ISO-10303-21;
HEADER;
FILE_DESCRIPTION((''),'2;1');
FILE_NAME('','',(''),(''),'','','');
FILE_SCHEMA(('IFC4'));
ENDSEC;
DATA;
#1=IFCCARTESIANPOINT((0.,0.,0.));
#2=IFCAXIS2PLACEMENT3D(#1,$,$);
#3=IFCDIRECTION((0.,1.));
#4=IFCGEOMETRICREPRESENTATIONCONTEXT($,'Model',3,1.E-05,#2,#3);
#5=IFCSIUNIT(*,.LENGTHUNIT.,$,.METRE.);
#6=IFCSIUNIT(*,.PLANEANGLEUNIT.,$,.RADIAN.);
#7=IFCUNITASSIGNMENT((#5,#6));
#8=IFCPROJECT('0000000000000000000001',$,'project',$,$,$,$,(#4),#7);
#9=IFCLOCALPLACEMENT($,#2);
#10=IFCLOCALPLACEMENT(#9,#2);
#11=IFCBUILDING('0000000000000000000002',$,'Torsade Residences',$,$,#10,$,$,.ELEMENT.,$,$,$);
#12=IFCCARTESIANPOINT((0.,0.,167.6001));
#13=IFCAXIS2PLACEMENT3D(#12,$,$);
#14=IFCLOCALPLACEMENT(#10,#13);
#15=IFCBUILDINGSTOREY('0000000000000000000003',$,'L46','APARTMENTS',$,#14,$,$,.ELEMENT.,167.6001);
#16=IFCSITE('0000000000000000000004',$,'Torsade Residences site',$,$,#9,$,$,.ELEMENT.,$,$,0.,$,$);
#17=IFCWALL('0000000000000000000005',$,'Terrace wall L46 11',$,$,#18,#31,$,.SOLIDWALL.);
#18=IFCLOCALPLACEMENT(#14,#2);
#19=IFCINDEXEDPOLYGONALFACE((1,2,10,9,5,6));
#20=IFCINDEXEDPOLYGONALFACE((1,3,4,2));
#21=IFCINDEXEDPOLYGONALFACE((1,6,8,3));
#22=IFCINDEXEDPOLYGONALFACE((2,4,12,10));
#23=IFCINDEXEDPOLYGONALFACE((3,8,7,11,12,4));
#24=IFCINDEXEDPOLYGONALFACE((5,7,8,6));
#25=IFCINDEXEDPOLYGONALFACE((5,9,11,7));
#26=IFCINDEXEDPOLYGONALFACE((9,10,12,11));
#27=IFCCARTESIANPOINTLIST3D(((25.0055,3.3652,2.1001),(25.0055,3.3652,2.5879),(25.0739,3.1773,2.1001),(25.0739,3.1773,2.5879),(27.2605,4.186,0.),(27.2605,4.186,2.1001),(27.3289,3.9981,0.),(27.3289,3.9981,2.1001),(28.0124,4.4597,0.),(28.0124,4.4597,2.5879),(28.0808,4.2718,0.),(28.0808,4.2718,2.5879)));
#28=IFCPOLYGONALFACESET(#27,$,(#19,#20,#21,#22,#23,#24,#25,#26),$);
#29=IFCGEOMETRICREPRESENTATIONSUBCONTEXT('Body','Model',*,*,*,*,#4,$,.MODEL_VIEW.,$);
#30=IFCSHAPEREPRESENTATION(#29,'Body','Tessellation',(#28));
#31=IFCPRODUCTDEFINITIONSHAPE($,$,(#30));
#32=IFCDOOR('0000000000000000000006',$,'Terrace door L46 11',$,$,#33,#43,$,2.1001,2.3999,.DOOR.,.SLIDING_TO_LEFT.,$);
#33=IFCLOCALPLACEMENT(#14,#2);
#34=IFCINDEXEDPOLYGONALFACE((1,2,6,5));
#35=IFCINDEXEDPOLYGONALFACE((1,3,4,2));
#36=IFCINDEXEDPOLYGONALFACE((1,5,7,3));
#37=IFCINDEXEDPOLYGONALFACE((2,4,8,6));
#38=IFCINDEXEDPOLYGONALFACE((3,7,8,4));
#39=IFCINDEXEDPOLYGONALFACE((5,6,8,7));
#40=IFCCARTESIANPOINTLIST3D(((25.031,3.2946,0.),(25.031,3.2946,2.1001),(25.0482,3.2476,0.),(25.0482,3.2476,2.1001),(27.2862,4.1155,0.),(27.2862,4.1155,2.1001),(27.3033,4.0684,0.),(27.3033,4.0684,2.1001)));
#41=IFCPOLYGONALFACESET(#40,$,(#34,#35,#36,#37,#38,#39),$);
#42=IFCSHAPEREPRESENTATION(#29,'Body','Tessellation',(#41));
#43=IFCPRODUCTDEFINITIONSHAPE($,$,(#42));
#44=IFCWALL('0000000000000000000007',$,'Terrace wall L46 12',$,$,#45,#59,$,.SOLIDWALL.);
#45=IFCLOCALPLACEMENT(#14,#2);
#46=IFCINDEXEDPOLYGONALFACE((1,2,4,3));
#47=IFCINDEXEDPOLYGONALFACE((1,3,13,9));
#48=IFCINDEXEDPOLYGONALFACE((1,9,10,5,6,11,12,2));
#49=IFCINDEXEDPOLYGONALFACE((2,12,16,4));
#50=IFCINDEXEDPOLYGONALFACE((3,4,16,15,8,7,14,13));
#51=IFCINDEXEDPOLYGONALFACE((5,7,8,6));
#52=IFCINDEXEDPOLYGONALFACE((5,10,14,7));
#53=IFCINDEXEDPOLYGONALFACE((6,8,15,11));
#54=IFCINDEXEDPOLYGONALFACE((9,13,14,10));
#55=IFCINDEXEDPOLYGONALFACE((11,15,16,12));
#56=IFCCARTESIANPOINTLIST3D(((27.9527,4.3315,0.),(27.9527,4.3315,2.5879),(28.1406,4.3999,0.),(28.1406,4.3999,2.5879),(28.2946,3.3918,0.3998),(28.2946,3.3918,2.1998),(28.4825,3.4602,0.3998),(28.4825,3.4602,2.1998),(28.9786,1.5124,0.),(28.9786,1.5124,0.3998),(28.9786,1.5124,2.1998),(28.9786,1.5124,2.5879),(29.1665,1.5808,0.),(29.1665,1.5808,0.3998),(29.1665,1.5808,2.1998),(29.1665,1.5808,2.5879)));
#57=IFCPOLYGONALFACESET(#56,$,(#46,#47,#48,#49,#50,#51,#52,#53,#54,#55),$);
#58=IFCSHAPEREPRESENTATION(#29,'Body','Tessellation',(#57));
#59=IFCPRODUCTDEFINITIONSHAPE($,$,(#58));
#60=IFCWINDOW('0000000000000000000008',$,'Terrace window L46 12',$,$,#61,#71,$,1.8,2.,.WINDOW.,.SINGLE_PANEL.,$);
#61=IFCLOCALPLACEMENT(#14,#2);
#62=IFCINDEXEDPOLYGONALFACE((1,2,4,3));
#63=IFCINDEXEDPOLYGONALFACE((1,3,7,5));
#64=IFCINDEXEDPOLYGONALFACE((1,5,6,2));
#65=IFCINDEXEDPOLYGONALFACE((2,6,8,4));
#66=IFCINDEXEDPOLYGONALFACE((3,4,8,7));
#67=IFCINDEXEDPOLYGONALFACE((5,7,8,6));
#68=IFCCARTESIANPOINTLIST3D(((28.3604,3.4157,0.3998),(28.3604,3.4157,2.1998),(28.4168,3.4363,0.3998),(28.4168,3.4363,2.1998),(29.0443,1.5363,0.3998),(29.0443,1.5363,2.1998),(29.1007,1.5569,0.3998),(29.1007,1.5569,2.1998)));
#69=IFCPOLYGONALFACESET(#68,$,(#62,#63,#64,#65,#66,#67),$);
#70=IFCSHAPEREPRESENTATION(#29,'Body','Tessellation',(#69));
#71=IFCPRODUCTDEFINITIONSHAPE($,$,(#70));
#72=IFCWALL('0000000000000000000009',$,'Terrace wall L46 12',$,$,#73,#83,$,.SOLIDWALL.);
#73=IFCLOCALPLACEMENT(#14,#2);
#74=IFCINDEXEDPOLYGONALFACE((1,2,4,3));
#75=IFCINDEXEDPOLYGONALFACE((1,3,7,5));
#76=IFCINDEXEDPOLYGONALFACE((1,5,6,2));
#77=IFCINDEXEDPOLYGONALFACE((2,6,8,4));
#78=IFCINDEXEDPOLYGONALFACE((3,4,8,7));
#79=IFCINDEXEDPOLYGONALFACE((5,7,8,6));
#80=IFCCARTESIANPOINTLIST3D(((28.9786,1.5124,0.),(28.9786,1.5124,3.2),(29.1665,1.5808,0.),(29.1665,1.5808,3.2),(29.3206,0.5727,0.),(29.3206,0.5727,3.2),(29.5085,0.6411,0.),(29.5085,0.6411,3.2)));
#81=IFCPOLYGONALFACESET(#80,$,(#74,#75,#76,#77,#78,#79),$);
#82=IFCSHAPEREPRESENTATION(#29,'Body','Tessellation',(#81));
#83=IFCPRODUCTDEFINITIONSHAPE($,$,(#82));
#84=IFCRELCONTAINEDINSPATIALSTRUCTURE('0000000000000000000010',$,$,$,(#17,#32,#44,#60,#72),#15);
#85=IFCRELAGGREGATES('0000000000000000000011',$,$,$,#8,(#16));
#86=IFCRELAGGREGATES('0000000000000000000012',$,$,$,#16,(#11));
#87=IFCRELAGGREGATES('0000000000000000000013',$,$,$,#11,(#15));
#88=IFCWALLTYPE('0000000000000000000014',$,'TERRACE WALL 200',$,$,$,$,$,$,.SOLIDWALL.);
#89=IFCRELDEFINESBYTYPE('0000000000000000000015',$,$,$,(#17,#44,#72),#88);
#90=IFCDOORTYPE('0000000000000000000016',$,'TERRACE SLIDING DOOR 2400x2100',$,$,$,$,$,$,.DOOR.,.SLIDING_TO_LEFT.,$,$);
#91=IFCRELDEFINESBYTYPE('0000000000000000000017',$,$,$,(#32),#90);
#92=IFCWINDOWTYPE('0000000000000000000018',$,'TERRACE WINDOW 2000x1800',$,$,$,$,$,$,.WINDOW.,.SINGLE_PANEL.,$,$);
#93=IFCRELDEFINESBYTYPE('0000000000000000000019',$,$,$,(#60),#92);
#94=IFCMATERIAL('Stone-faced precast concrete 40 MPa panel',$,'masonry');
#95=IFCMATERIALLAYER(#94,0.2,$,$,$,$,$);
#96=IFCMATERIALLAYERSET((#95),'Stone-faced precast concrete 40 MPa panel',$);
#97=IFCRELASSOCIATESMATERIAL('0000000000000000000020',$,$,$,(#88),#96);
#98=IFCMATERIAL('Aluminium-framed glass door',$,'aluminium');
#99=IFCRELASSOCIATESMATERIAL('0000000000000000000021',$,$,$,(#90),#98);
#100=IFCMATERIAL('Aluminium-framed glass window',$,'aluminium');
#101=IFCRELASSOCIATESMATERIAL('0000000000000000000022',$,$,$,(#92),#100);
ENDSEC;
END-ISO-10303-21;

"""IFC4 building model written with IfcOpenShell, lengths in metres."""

from ifc_helpers import new_model, si_unit, direction, frame, frame_2d, origin, place, context, subcontext, project, spatial, rectangle, extrude, material, layer, layer_set, type_object, element, fill, save


model = new_model("IFC4")

# Units and contexts
model_context = context("Model", 3, precision=1e-05, world=origin(), true_north=direction((0.0, 1.0)))
body_context = subcontext(model_context, "Body", "Model", "MODEL_VIEW")
ifc_project = project(units=[si_unit("LENGTHUNIT", "METRE"), si_unit("PLANEANGLEUNIT", "RADIAN")], contexts=[model_context])

# Site, building, storey
site_placement = place(None, origin())
site = spatial("IfcSite", under=ifc_project, at=site_placement, Name="Torsade Residences site", CompositionType="ELEMENT", RefElevation=0.0)
building_placement = place(site_placement, origin())
building = spatial("IfcBuilding", under=site, at=building_placement, Name="Torsade Residences", CompositionType="ELEMENT")
storey_placement = place(building_placement, frame((0.0, 0.0, 167.6001)))
storey = spatial("IfcBuildingStorey", under=building, at=storey_placement, Name="L46", Description="APARTMENTS", CompositionType="ELEMENT", Elevation=167.6001)

# Shared definitions
ifc_material_1 = material(Name="Stone-faced precast concrete 40 MPa panel", Category="masonry")
ifc_layer_1 = layer(ifc_material_1, 0.2)
ifc_layer_set_1 = layer_set([ifc_layer_1], Name="Stone-faced precast concrete 40 MPa panel")
wall_type_1 = type_object("IfcWallType", Name="TERRACE WALL 200", PredefinedType="SOLIDWALL", material=ifc_layer_set_1)

# Wall, opening, door
wall_1_placement = place(storey_placement, frame((25.0396, 3.2712, 0.0), z_axis=(0.0, 0.0, 1.0), x_axis=(0.939693, 0.342019, 0.0)))
wall_1 = element("IfcWall", 1, at=wall_1_placement, inside=storey, type_object=wall_type_1, Name="Terrace wall L46 11", PredefinedType="SOLIDWALL", context=body_context, shape_type="SweptSolid", body=[
    extrude(rectangle(XDim=3.2, YDim=0.2, at=frame_2d((1.6001, 0.0))), origin(), (0.0, 0.0, 1.0), 2.5879),
])
opening_1_placement = place(wall_1_placement, origin())
opening_1 = element("IfcOpeningElement", 2, at=opening_1_placement, cuts=wall_1, PredefinedType="OPENING", context=body_context, shape_type="SweptSolid", body=[
    extrude(rectangle(XDim=2.3999, YDim=2.1001, at=frame_2d((1.2, 1.05))), frame((0.0, 0.1099, 0.0), z_axis=(0.0, -1.0, 0.0), x_axis=(1.0, 0.0, 0.0)), (0.0, 0.0, 1.0), 0.22),
])
ifc_material_2 = material(Name="Aluminium-framed glass door", Category="aluminium")
door_type_1 = type_object("IfcDoorType", Name="TERRACE SLIDING DOOR 2400x2100", OperationType="SLIDING_TO_LEFT", PredefinedType="DOOR", material=ifc_material_2)
door_1_placement = place(opening_1_placement, origin())
door_1 = element("IfcDoor", 3, at=door_1_placement, inside=storey, type_object=door_type_1, Name="Terrace door L46 11", OperationType="SLIDING_TO_LEFT", OverallHeight=2.1001, OverallWidth=2.3999, PredefinedType="DOOR", context=body_context, shape_type="SweptSolid", body=[
    extrude(rectangle(XDim=2.3999, YDim=2.1001, at=frame_2d((1.2, 1.05))), frame((0.0, 0.0249, 0.0), z_axis=(0.0, -1.0, 0.0), x_axis=(1.0, 0.0, 0.0)), (0.0, 0.0, 1.0), 0.05),
])
fill(opening_1, door_1)

# Wall, opening, window
wall_2_placement = place(storey_placement, frame((28.0466, 4.3657, 0.0), z_axis=(0.0, 0.0, 1.0), x_axis=(0.341965, -0.939713, 0.0)))
wall_2 = element("IfcWall", 4, at=wall_2_placement, inside=storey, type_object=wall_type_1, Name="Terrace wall L46 12", PredefinedType="SOLIDWALL", context=body_context, shape_type="SweptSolid", body=[
    extrude(rectangle(XDim=3.0, YDim=0.2, at=frame_2d((1.5, 0.0))), origin(), (0.0, 0.0, 1.0), 2.5879),
])
opening_2_placement = place(wall_2_placement, frame((1.0, 0.0, 0.3999)))
opening_2 = element("IfcOpeningElement", 5, at=opening_2_placement, cuts=wall_2, PredefinedType="OPENING", context=body_context, shape_type="SweptSolid", body=[
    extrude(rectangle(XDim=2.0, YDim=1.8, at=frame_2d((1.0, 0.8999))), frame((0.0, 0.1099, 0.0), z_axis=(0.0, -1.0, 0.0), x_axis=(1.0, 0.0, 0.0)), (0.0, 0.0, 1.0), 0.22),
])
ifc_material_3 = material(Name="Aluminium-framed glass window", Category="aluminium")
window_type = type_object("IfcWindowType", Name="TERRACE WINDOW 2000x1800", PartitioningType="SINGLE_PANEL", PredefinedType="WINDOW", material=ifc_material_3)
window_placement = place(opening_2_placement, origin())
window = element("IfcWindow", 6, at=window_placement, inside=storey, type_object=window_type, Name="Terrace window L46 12", OverallHeight=1.8, OverallWidth=2.0, PartitioningType="SINGLE_PANEL", PredefinedType="WINDOW", context=body_context, shape_type="SweptSolid", body=[
    extrude(rectangle(XDim=2.0, YDim=1.8, at=frame_2d((1.0, 0.8999))), frame((0.0, 0.03, 0.0), z_axis=(0.0, -1.0, 0.0), x_axis=(1.0, 0.0, 0.0)), (0.0, 0.0, 1.0), 0.0601),
])
fill(opening_2, window)

# Wall
wall_3_placement = place(storey_placement, frame((29.0725, 1.5466, 0.0), z_axis=(0.0, 0.0, 1.0), x_axis=(0.342037, -0.939686, 0.0)))
element("IfcWall", 7, at=wall_3_placement, inside=storey, type_object=wall_type_1, Name="Terrace wall L46 12", PredefinedType="SOLIDWALL", context=body_context, shape_type="SweptSolid", body=[
    extrude(rectangle(XDim=1.0, YDim=0.2, at=frame_2d((0.5, 0.0))), origin(), (0.0, 0.0, 1.0), 3.2),
])

save(model, "model.ifc")
